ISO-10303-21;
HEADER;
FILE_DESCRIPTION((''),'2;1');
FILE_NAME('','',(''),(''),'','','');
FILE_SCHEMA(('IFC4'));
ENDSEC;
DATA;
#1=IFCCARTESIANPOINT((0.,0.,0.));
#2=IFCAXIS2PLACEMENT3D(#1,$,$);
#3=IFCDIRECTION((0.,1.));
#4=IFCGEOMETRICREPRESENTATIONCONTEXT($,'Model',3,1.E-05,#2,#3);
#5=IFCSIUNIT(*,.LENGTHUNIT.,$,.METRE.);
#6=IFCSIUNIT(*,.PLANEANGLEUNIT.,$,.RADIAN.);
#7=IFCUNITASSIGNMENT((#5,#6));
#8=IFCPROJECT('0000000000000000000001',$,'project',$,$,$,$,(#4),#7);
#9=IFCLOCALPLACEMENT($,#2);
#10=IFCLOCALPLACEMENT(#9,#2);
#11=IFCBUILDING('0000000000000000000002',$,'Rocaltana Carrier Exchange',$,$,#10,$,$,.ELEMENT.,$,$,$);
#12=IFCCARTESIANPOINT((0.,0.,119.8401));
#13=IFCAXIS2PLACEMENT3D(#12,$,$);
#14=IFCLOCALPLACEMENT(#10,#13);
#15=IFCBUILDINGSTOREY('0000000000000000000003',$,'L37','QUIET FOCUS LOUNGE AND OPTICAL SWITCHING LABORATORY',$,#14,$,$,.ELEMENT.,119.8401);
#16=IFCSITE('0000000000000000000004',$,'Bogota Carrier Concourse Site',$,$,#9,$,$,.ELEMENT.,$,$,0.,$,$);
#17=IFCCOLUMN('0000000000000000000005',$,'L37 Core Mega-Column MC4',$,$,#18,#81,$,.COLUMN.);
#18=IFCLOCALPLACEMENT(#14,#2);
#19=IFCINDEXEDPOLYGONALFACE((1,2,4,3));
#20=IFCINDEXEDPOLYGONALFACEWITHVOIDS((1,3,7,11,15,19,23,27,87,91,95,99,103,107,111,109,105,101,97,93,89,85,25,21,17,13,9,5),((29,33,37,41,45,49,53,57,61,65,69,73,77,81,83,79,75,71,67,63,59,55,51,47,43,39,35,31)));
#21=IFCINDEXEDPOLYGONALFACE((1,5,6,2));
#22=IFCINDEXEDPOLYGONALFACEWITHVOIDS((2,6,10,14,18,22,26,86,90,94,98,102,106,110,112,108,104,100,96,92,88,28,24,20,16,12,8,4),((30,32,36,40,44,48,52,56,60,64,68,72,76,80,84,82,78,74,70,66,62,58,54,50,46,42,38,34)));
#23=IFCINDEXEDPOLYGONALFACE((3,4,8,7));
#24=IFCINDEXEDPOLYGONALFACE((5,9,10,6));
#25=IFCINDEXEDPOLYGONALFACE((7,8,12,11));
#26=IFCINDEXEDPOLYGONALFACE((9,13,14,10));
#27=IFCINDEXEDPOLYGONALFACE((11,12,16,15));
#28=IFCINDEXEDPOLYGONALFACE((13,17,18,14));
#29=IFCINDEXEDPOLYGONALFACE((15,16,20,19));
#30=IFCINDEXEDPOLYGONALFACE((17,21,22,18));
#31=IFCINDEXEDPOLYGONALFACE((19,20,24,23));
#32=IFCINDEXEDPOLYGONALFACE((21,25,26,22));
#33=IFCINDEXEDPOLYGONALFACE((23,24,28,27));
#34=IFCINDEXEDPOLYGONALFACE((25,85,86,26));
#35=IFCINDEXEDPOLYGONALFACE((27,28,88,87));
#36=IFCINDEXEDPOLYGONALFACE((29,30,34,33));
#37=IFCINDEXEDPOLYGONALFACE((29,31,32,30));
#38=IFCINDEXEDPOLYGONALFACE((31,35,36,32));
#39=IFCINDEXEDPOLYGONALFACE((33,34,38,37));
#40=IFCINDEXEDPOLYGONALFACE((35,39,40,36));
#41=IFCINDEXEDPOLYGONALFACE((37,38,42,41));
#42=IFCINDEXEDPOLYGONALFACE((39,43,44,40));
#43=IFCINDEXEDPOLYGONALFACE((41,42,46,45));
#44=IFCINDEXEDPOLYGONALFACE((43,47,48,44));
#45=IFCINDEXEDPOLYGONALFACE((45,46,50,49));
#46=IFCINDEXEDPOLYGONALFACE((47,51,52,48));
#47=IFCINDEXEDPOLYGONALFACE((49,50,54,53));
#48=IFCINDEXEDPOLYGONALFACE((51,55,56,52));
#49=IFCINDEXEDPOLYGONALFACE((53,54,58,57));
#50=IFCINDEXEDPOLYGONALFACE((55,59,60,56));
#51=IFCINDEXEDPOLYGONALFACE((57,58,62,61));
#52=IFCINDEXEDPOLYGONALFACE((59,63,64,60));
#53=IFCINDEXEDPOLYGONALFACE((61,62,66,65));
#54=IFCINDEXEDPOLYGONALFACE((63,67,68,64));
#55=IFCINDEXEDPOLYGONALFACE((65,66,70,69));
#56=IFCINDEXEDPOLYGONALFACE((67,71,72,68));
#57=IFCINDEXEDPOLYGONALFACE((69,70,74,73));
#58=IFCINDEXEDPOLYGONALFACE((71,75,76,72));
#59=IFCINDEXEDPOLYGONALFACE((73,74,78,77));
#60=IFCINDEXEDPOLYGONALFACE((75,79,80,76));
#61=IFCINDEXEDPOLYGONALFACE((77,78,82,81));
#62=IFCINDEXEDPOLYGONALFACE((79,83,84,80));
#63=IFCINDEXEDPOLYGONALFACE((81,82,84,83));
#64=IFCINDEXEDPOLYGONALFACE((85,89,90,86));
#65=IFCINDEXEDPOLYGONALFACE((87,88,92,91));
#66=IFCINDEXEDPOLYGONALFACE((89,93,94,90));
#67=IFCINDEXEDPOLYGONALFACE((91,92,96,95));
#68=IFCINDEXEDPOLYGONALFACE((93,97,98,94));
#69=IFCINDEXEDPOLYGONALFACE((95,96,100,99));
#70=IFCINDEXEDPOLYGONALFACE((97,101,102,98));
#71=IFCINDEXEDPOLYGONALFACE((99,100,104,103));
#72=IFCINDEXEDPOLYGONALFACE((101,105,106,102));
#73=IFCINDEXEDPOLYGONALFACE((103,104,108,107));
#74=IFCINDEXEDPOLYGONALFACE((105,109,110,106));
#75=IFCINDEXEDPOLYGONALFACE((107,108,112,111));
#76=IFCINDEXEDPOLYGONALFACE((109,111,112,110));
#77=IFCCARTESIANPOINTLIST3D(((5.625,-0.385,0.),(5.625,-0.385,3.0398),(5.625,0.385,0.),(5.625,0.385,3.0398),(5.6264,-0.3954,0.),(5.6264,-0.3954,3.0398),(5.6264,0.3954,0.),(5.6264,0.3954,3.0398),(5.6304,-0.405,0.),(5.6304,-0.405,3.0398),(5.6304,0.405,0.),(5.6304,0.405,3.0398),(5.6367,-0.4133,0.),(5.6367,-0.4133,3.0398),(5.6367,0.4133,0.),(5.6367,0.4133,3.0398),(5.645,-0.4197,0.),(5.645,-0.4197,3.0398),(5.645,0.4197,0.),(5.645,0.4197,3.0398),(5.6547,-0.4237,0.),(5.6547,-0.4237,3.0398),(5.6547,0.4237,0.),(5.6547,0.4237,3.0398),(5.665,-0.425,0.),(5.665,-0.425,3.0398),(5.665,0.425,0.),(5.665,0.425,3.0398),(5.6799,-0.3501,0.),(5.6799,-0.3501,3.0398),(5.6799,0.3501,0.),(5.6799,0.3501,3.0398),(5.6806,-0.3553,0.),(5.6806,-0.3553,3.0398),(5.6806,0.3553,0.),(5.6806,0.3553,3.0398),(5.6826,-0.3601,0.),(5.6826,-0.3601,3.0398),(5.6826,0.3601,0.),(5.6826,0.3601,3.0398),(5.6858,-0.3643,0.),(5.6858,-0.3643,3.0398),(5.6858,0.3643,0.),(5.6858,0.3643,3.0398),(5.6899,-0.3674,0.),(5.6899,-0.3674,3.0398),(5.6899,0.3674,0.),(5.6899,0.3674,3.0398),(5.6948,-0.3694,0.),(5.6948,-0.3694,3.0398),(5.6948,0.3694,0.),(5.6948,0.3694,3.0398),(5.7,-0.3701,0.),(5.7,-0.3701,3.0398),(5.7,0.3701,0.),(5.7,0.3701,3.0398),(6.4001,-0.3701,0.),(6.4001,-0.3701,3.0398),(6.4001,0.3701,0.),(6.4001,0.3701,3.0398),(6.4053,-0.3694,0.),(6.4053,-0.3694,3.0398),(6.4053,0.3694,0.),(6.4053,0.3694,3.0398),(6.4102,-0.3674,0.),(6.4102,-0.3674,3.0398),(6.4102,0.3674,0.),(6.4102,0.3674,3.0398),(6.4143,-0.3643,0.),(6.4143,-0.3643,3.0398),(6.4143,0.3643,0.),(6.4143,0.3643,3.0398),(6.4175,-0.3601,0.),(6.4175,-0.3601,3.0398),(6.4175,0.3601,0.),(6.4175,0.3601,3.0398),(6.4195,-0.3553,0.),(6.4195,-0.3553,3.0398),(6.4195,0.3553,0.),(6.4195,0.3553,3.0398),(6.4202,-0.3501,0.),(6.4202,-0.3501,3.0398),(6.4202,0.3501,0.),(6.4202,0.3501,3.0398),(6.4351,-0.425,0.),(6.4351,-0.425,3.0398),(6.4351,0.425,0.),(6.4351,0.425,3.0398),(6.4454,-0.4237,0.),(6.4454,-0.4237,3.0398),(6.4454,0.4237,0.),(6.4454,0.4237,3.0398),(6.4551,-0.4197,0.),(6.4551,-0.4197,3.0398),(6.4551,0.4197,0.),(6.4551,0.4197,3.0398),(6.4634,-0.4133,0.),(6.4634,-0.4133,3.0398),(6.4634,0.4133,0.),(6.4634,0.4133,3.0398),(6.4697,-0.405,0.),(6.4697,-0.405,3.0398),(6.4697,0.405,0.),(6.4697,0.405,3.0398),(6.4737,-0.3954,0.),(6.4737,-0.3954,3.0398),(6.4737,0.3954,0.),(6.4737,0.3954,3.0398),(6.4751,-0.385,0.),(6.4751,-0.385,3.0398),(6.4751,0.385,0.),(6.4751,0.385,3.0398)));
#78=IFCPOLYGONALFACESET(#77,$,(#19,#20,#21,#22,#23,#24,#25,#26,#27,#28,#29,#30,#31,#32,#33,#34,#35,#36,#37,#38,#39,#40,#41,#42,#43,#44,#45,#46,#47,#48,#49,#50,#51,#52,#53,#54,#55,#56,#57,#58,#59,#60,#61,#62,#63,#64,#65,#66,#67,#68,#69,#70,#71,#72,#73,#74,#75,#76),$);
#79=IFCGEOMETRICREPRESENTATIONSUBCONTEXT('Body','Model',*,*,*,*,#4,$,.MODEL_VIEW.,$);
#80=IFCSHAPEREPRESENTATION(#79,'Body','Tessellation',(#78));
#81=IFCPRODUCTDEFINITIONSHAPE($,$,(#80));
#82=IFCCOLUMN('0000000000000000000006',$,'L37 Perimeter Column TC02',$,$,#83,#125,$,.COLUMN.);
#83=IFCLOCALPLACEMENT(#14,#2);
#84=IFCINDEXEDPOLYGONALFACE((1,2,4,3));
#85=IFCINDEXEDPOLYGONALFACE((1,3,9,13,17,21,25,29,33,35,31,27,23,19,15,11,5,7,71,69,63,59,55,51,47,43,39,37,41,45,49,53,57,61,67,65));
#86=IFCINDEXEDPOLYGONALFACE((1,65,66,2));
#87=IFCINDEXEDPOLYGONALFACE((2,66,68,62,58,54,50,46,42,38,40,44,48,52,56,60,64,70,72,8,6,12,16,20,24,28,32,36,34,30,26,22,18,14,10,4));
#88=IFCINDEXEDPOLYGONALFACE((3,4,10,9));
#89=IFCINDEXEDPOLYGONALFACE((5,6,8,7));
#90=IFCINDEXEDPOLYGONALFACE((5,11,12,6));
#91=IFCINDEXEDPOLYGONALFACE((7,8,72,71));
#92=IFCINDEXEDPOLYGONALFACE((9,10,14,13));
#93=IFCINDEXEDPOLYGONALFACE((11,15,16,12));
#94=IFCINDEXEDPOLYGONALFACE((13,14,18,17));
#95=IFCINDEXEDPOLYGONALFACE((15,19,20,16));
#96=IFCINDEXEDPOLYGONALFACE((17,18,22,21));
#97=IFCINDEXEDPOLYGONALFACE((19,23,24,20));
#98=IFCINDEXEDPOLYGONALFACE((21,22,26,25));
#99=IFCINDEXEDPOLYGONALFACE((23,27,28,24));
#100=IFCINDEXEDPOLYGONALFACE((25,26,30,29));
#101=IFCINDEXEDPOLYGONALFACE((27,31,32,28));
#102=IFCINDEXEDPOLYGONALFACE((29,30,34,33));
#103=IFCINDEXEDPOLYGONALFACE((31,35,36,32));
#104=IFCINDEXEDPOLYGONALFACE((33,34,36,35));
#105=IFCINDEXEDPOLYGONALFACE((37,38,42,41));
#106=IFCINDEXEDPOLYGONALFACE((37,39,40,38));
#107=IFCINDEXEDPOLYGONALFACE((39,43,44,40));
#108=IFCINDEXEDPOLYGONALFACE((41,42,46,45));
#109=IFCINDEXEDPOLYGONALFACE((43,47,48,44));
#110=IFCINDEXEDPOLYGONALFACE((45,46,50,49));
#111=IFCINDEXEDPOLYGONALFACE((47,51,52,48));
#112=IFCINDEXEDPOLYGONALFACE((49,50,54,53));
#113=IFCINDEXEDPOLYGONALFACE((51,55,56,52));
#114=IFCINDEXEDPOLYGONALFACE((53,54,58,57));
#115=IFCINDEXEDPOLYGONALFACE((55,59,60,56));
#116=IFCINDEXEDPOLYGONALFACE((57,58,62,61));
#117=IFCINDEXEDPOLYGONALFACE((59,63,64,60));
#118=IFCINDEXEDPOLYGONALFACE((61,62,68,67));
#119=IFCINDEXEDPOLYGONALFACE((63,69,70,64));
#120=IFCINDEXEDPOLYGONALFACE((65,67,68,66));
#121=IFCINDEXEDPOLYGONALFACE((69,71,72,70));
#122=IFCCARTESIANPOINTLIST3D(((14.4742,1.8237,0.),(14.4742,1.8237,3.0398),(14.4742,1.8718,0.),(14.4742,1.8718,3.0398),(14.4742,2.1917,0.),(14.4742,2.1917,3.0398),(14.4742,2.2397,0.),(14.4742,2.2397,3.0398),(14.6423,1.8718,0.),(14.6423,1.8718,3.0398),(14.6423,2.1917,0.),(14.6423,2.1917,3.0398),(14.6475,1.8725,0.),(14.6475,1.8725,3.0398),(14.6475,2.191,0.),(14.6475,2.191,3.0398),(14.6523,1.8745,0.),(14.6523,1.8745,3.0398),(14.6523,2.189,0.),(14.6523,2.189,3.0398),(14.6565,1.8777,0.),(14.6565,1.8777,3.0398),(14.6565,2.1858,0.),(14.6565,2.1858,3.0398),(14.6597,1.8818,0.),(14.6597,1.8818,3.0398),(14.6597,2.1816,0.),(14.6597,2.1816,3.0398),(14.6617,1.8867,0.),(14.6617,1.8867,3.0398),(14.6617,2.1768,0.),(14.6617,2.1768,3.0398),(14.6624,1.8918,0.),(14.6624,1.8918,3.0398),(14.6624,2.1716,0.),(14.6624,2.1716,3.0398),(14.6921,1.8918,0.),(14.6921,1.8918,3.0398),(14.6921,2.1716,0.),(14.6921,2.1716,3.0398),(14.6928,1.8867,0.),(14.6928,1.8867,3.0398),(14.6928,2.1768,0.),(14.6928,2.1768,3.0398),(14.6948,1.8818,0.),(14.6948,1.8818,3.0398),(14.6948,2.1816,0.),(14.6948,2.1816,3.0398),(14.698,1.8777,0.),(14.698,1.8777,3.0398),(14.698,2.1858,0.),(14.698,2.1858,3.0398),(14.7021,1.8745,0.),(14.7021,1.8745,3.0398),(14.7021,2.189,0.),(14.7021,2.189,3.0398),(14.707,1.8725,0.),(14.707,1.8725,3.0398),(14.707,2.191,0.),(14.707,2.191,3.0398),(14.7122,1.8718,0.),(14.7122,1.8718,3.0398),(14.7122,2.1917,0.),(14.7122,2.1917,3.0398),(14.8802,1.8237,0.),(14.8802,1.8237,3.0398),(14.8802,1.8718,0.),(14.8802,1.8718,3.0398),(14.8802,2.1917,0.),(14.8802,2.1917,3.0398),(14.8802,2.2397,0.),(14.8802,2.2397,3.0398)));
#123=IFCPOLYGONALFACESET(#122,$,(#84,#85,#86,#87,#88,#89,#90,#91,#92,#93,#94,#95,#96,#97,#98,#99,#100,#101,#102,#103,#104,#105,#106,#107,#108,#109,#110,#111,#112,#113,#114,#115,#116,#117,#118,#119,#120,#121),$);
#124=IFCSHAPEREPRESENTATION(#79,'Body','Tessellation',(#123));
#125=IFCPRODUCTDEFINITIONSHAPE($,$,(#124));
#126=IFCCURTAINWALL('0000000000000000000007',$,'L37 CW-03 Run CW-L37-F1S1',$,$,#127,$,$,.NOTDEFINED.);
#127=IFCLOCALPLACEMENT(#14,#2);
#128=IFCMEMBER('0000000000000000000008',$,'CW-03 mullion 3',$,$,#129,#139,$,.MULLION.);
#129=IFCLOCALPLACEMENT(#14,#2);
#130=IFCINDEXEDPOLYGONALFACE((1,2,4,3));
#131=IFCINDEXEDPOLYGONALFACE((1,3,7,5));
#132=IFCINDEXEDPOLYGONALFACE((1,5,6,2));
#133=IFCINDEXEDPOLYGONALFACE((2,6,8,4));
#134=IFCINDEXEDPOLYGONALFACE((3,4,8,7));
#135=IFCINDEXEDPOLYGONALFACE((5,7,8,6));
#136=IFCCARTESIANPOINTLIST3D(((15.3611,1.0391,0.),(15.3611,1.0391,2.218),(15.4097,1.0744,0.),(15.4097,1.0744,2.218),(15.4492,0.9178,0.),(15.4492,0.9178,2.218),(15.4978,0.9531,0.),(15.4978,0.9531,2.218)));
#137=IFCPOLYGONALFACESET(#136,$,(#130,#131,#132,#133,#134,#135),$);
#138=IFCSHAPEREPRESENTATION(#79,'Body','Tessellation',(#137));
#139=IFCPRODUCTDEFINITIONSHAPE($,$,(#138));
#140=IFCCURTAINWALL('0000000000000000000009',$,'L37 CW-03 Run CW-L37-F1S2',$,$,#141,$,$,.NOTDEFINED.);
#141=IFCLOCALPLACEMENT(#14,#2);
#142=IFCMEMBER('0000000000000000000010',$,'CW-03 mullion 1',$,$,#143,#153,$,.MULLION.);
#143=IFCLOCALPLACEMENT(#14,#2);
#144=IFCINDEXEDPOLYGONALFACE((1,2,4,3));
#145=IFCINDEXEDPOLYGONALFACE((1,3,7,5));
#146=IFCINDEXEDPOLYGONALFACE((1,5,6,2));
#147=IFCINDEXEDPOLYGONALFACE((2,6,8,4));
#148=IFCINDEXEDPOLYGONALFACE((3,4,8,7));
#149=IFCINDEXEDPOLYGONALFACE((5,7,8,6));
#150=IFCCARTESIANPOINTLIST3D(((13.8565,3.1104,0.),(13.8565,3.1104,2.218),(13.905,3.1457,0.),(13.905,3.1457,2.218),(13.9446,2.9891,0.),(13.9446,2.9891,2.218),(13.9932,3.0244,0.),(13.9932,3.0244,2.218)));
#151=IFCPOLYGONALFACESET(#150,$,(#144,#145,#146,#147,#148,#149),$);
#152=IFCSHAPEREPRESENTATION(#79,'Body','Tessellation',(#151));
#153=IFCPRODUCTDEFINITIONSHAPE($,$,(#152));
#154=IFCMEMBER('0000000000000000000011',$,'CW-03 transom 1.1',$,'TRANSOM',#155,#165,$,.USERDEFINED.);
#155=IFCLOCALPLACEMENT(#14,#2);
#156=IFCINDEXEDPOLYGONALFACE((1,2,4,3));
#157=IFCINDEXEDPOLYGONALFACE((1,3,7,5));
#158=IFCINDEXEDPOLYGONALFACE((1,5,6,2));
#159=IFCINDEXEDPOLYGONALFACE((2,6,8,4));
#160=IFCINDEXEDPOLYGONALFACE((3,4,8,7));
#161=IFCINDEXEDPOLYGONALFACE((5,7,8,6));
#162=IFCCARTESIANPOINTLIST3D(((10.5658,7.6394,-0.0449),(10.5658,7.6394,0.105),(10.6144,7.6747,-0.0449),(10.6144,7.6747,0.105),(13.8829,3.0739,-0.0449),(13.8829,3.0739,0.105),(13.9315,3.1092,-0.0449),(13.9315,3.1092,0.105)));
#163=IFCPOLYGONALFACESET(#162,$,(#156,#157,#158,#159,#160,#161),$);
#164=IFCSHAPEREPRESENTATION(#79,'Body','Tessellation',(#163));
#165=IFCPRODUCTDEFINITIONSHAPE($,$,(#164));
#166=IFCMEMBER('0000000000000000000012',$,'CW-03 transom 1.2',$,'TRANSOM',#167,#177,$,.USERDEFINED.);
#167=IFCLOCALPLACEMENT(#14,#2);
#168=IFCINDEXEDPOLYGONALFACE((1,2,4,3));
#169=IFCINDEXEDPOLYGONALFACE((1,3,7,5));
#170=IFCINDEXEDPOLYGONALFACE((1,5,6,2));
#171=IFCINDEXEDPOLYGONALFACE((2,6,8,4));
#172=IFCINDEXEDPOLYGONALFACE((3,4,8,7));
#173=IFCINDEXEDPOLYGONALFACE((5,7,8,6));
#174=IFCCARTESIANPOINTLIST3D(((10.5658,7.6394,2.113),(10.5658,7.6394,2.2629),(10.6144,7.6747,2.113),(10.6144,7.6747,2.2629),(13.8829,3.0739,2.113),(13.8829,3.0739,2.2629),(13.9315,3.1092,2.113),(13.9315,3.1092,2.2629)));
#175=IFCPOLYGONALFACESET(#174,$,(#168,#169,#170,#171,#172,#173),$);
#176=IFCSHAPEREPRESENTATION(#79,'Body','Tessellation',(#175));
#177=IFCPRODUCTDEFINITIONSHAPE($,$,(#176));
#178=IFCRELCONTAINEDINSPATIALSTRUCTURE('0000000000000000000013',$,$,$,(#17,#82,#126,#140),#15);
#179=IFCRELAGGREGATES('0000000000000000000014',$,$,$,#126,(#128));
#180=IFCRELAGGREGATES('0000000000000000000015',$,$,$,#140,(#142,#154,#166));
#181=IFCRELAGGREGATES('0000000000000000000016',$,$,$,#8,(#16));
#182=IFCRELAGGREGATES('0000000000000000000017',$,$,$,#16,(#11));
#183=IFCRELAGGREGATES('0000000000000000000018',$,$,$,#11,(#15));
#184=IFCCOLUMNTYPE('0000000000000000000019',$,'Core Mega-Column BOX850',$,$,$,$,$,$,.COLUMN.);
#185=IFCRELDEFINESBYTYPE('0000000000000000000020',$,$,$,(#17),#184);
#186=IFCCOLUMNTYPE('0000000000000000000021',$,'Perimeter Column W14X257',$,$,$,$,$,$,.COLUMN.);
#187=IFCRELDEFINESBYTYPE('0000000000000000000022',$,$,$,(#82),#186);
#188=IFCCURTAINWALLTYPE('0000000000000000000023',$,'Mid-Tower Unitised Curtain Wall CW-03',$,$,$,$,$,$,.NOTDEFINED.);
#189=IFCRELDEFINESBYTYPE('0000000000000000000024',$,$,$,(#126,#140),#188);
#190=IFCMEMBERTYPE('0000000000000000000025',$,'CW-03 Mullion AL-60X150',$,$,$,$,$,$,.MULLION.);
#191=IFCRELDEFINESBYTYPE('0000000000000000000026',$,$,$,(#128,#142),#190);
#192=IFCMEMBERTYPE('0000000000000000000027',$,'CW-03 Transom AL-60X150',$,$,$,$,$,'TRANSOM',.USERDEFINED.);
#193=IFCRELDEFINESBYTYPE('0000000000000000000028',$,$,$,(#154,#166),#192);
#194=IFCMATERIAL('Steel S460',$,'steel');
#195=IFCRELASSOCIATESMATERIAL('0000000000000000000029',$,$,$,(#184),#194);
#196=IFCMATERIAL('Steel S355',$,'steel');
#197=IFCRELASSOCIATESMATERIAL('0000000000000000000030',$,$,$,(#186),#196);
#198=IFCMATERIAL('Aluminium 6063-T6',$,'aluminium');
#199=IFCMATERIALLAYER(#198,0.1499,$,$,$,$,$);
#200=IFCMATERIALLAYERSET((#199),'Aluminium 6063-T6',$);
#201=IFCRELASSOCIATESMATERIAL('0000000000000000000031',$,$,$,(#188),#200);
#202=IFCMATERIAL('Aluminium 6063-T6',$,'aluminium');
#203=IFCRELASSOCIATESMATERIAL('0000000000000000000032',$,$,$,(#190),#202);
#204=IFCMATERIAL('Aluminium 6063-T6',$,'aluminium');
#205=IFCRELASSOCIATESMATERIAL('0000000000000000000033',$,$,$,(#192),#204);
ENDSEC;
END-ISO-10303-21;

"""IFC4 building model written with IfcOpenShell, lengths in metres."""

from ifc_helpers import new_model, si_unit, direction, frame, origin, origin_2d, place, context, subcontext, project, spatial, rectangle, hollow_rectangle, i_section, extrude, material, layer, layer_set, material_profile, profile_set, type_object, element, aggregate, save


model = new_model("IFC4")

# Units and contexts
model_context = context("Model", 3, precision=1e-05, world=origin(), true_north=direction((0.0, 1.0)))
body_context = subcontext(model_context, "Body", "Model", "MODEL_VIEW")
ifc_project = project(units=[si_unit("LENGTHUNIT", "METRE"), si_unit("PLANEANGLEUNIT", "RADIAN")], contexts=[model_context])

# Site, building, storey
site_placement = place(None, origin())
site = spatial("IfcSite", under=ifc_project, at=site_placement, Name="Bogota Carrier Concourse Site", CompositionType="ELEMENT", RefElevation=0.0)
building_placement = place(site_placement, origin())
building = spatial("IfcBuilding", under=site, at=building_placement, Name="Rocaltana Carrier Exchange", CompositionType="ELEMENT")
storey_placement = place(building_placement, frame((0.0, 0.0, 119.8401)))
storey = spatial("IfcBuildingStorey", under=building, at=storey_placement, Name="L37", Description="QUIET FOCUS LOUNGE AND OPTICAL SWITCHING LABORATORY", CompositionType="ELEMENT", Elevation=119.8401)

# Columns
ifc_material_1 = material(Name="Steel S460", Category="steel")
ifc_material_profile_1 = material_profile(ifc_material_1, hollow_rectangle(XDim=0.8501, YDim=0.8501, WallThickness=0.0549, InnerFilletRadius=0.02, OuterFilletRadius=0.04, at=origin_2d()), Name="BOX850X850X55")
ifc_profile_set_1 = profile_set([ifc_material_profile_1], Name="Steel S460")
column_type_1 = type_object("IfcColumnType", Name="Core Mega-Column BOX850", PredefinedType="COLUMN", material=ifc_profile_set_1)
column_1_placement = place(storey_placement, frame((6.05, 0.0, 0.0), z_axis=(0.0, 0.0, 1.0), x_axis=(1.0, 0.0, 0.0)))
element("IfcColumn", 1, at=column_1_placement, inside=storey, type_object=column_type_1, Name="L37 Core Mega-Column MC4", PredefinedType="COLUMN", context=body_context, shape_type="SweptSolid", body=[
    extrude(hollow_rectangle(XDim=0.8501, YDim=0.8501, WallThickness=0.0549, InnerFilletRadius=0.02, OuterFilletRadius=0.04, at=origin_2d()), origin(), (0.0, 0.0, 1.0), 3.0398),
])
ifc_material_2 = material(Name="Steel S355", Category="steel")
ifc_material_profile_2 = material_profile(ifc_material_2, i_section(OverallWidth=0.406, OverallDepth=0.416, WebThickness=0.0298, FlangeThickness=0.0481, FilletRadius=0.02, at=origin_2d()), Name="W14X257")
ifc_profile_set_2 = profile_set([ifc_material_profile_2], Name="Steel S355")
column_type_2 = type_object("IfcColumnType", Name="Perimeter Column W14X257", PredefinedType="COLUMN", material=ifc_profile_set_2)
column_2_placement = place(storey_placement, frame((14.6772, 2.0317, 0.0), z_axis=(0.0, 0.0, 1.0), x_axis=(1.0, 0.0, 0.0)))
element("IfcColumn", 2, at=column_2_placement, inside=storey, type_object=column_type_2, Name="L37 Perimeter Column TC02", PredefinedType="COLUMN", context=body_context, shape_type="SweptSolid", body=[
    extrude(i_section(OverallWidth=0.406, OverallDepth=0.416, WebThickness=0.0298, FlangeThickness=0.0481, FilletRadius=0.02, at=origin_2d()), origin(), (0.0, 0.0, 1.0), 3.0398),
])

# Curtain wall, member
ifc_material_3 = material(Name="Aluminium 6063-T6", Category="aluminium")
ifc_layer_1 = layer(ifc_material_3, 0.1499)
ifc_layer_set_1 = layer_set([ifc_layer_1], Name="Aluminium 6063-T6")
curtain_wall_type = type_object("IfcCurtainWallType", Name="Mid-Tower Unitised Curtain Wall CW-03", PredefinedType="NOTDEFINED", material=ifc_layer_set_1)
curtain_wall_1_placement = place(storey_placement, origin())
curtain_wall_1 = element("IfcCurtainWall", 3, at=curtain_wall_1_placement, inside=storey, type_object=curtain_wall_type, Name="L37 CW-03 Run CW-L37-F1S1", PredefinedType="NOTDEFINED")
ifc_material_4 = material(Name="Aluminium 6063-T6", Category="aluminium")
ifc_material_profile_3 = material_profile(ifc_material_4, rectangle(XDim=0.0601, YDim=0.1499, at=origin_2d()), Name="AL-60X150")
ifc_profile_set_3 = profile_set([ifc_material_profile_3], Name="Aluminium 6063-T6")
member_type_1 = type_object("IfcMemberType", Name="CW-03 Mullion AL-60X150", PredefinedType="MULLION", material=ifc_profile_set_3)
member_1_placement = place(storey_placement, frame((15.4294, 0.9961, 0.0), z_axis=(0.0, 0.0, 1.0), x_axis=(-0.809014, -0.58779, 0.0)))
member_1 = element("IfcMember", 4, at=member_1_placement, type_object=member_type_1, Name="CW-03 mullion 3", PredefinedType="MULLION", context=body_context, shape_type="SweptSolid", body=[
    extrude(rectangle(XDim=0.0601, YDim=0.1499, at=origin_2d()), origin(), (0.0, 0.0, 1.0), 2.218),
])
aggregate(curtain_wall_1, [member_1])

# Curtain wall, members
curtain_wall_2_placement = place(storey_placement, origin())
curtain_wall_2 = element("IfcCurtainWall", 5, at=curtain_wall_2_placement, inside=storey, type_object=curtain_wall_type, Name="L37 CW-03 Run CW-L37-F1S2", PredefinedType="NOTDEFINED")
member_2_placement = place(storey_placement, frame((13.9248, 3.0674, 0.0), z_axis=(0.0, 0.0, 1.0), x_axis=(-0.809014, -0.58779, 0.0)))
member_2 = element("IfcMember", 6, at=member_2_placement, type_object=member_type_1, Name="CW-03 mullion 1", PredefinedType="MULLION", context=body_context, shape_type="SweptSolid", body=[
    extrude(rectangle(XDim=0.0601, YDim=0.1499, at=origin_2d()), origin(), (0.0, 0.0, 1.0), 2.218),
])
ifc_material_5 = material(Name="Aluminium 6063-T6", Category="aluminium")
ifc_material_profile_4 = material_profile(ifc_material_5, rectangle(XDim=0.0601, YDim=0.1499, at=origin_2d()), Name="AL-60X150")
ifc_profile_set_4 = profile_set([ifc_material_profile_4], Name="Aluminium 6063-T6")
member_type_2 = type_object("IfcMemberType", Name="CW-03 Transom AL-60X150", ElementType="TRANSOM", PredefinedType="USERDEFINED", material=ifc_profile_set_4)
member_3_placement = place(storey_placement, frame((13.9072, 3.0916, 0.03), z_axis=(-0.587804, 0.809004, 0.0), x_axis=(-0.809004, -0.587804, 0.0)))
member_3 = element("IfcMember", 7, at=member_3_placement, type_object=member_type_2, Name="CW-03 transom 1.1", ObjectType="TRANSOM", PredefinedType="USERDEFINED", context=body_context, shape_type="SweptSolid", body=[
    extrude(rectangle(XDim=0.0601, YDim=0.1499, at=origin_2d()), origin(), (0.0, 0.0, 1.0), 5.6433),
])
member_4_placement = place(storey_placement, frame((13.9072, 3.0916, 2.188), z_axis=(-0.587804, 0.809004, 0.0), x_axis=(-0.809004, -0.587804, 0.0)))
member_4 = element("IfcMember", 8, at=member_4_placement, type_object=member_type_2, Name="CW-03 transom 1.2", ObjectType="TRANSOM", PredefinedType="USERDEFINED", context=body_context, shape_type="SweptSolid", body=[
    extrude(rectangle(XDim=0.0601, YDim=0.1499, at=origin_2d()), origin(), (0.0, 0.0, 1.0), 5.6433),
])
aggregate(curtain_wall_2, [member_2, member_3, member_4])

save(model, "model.ifc")
